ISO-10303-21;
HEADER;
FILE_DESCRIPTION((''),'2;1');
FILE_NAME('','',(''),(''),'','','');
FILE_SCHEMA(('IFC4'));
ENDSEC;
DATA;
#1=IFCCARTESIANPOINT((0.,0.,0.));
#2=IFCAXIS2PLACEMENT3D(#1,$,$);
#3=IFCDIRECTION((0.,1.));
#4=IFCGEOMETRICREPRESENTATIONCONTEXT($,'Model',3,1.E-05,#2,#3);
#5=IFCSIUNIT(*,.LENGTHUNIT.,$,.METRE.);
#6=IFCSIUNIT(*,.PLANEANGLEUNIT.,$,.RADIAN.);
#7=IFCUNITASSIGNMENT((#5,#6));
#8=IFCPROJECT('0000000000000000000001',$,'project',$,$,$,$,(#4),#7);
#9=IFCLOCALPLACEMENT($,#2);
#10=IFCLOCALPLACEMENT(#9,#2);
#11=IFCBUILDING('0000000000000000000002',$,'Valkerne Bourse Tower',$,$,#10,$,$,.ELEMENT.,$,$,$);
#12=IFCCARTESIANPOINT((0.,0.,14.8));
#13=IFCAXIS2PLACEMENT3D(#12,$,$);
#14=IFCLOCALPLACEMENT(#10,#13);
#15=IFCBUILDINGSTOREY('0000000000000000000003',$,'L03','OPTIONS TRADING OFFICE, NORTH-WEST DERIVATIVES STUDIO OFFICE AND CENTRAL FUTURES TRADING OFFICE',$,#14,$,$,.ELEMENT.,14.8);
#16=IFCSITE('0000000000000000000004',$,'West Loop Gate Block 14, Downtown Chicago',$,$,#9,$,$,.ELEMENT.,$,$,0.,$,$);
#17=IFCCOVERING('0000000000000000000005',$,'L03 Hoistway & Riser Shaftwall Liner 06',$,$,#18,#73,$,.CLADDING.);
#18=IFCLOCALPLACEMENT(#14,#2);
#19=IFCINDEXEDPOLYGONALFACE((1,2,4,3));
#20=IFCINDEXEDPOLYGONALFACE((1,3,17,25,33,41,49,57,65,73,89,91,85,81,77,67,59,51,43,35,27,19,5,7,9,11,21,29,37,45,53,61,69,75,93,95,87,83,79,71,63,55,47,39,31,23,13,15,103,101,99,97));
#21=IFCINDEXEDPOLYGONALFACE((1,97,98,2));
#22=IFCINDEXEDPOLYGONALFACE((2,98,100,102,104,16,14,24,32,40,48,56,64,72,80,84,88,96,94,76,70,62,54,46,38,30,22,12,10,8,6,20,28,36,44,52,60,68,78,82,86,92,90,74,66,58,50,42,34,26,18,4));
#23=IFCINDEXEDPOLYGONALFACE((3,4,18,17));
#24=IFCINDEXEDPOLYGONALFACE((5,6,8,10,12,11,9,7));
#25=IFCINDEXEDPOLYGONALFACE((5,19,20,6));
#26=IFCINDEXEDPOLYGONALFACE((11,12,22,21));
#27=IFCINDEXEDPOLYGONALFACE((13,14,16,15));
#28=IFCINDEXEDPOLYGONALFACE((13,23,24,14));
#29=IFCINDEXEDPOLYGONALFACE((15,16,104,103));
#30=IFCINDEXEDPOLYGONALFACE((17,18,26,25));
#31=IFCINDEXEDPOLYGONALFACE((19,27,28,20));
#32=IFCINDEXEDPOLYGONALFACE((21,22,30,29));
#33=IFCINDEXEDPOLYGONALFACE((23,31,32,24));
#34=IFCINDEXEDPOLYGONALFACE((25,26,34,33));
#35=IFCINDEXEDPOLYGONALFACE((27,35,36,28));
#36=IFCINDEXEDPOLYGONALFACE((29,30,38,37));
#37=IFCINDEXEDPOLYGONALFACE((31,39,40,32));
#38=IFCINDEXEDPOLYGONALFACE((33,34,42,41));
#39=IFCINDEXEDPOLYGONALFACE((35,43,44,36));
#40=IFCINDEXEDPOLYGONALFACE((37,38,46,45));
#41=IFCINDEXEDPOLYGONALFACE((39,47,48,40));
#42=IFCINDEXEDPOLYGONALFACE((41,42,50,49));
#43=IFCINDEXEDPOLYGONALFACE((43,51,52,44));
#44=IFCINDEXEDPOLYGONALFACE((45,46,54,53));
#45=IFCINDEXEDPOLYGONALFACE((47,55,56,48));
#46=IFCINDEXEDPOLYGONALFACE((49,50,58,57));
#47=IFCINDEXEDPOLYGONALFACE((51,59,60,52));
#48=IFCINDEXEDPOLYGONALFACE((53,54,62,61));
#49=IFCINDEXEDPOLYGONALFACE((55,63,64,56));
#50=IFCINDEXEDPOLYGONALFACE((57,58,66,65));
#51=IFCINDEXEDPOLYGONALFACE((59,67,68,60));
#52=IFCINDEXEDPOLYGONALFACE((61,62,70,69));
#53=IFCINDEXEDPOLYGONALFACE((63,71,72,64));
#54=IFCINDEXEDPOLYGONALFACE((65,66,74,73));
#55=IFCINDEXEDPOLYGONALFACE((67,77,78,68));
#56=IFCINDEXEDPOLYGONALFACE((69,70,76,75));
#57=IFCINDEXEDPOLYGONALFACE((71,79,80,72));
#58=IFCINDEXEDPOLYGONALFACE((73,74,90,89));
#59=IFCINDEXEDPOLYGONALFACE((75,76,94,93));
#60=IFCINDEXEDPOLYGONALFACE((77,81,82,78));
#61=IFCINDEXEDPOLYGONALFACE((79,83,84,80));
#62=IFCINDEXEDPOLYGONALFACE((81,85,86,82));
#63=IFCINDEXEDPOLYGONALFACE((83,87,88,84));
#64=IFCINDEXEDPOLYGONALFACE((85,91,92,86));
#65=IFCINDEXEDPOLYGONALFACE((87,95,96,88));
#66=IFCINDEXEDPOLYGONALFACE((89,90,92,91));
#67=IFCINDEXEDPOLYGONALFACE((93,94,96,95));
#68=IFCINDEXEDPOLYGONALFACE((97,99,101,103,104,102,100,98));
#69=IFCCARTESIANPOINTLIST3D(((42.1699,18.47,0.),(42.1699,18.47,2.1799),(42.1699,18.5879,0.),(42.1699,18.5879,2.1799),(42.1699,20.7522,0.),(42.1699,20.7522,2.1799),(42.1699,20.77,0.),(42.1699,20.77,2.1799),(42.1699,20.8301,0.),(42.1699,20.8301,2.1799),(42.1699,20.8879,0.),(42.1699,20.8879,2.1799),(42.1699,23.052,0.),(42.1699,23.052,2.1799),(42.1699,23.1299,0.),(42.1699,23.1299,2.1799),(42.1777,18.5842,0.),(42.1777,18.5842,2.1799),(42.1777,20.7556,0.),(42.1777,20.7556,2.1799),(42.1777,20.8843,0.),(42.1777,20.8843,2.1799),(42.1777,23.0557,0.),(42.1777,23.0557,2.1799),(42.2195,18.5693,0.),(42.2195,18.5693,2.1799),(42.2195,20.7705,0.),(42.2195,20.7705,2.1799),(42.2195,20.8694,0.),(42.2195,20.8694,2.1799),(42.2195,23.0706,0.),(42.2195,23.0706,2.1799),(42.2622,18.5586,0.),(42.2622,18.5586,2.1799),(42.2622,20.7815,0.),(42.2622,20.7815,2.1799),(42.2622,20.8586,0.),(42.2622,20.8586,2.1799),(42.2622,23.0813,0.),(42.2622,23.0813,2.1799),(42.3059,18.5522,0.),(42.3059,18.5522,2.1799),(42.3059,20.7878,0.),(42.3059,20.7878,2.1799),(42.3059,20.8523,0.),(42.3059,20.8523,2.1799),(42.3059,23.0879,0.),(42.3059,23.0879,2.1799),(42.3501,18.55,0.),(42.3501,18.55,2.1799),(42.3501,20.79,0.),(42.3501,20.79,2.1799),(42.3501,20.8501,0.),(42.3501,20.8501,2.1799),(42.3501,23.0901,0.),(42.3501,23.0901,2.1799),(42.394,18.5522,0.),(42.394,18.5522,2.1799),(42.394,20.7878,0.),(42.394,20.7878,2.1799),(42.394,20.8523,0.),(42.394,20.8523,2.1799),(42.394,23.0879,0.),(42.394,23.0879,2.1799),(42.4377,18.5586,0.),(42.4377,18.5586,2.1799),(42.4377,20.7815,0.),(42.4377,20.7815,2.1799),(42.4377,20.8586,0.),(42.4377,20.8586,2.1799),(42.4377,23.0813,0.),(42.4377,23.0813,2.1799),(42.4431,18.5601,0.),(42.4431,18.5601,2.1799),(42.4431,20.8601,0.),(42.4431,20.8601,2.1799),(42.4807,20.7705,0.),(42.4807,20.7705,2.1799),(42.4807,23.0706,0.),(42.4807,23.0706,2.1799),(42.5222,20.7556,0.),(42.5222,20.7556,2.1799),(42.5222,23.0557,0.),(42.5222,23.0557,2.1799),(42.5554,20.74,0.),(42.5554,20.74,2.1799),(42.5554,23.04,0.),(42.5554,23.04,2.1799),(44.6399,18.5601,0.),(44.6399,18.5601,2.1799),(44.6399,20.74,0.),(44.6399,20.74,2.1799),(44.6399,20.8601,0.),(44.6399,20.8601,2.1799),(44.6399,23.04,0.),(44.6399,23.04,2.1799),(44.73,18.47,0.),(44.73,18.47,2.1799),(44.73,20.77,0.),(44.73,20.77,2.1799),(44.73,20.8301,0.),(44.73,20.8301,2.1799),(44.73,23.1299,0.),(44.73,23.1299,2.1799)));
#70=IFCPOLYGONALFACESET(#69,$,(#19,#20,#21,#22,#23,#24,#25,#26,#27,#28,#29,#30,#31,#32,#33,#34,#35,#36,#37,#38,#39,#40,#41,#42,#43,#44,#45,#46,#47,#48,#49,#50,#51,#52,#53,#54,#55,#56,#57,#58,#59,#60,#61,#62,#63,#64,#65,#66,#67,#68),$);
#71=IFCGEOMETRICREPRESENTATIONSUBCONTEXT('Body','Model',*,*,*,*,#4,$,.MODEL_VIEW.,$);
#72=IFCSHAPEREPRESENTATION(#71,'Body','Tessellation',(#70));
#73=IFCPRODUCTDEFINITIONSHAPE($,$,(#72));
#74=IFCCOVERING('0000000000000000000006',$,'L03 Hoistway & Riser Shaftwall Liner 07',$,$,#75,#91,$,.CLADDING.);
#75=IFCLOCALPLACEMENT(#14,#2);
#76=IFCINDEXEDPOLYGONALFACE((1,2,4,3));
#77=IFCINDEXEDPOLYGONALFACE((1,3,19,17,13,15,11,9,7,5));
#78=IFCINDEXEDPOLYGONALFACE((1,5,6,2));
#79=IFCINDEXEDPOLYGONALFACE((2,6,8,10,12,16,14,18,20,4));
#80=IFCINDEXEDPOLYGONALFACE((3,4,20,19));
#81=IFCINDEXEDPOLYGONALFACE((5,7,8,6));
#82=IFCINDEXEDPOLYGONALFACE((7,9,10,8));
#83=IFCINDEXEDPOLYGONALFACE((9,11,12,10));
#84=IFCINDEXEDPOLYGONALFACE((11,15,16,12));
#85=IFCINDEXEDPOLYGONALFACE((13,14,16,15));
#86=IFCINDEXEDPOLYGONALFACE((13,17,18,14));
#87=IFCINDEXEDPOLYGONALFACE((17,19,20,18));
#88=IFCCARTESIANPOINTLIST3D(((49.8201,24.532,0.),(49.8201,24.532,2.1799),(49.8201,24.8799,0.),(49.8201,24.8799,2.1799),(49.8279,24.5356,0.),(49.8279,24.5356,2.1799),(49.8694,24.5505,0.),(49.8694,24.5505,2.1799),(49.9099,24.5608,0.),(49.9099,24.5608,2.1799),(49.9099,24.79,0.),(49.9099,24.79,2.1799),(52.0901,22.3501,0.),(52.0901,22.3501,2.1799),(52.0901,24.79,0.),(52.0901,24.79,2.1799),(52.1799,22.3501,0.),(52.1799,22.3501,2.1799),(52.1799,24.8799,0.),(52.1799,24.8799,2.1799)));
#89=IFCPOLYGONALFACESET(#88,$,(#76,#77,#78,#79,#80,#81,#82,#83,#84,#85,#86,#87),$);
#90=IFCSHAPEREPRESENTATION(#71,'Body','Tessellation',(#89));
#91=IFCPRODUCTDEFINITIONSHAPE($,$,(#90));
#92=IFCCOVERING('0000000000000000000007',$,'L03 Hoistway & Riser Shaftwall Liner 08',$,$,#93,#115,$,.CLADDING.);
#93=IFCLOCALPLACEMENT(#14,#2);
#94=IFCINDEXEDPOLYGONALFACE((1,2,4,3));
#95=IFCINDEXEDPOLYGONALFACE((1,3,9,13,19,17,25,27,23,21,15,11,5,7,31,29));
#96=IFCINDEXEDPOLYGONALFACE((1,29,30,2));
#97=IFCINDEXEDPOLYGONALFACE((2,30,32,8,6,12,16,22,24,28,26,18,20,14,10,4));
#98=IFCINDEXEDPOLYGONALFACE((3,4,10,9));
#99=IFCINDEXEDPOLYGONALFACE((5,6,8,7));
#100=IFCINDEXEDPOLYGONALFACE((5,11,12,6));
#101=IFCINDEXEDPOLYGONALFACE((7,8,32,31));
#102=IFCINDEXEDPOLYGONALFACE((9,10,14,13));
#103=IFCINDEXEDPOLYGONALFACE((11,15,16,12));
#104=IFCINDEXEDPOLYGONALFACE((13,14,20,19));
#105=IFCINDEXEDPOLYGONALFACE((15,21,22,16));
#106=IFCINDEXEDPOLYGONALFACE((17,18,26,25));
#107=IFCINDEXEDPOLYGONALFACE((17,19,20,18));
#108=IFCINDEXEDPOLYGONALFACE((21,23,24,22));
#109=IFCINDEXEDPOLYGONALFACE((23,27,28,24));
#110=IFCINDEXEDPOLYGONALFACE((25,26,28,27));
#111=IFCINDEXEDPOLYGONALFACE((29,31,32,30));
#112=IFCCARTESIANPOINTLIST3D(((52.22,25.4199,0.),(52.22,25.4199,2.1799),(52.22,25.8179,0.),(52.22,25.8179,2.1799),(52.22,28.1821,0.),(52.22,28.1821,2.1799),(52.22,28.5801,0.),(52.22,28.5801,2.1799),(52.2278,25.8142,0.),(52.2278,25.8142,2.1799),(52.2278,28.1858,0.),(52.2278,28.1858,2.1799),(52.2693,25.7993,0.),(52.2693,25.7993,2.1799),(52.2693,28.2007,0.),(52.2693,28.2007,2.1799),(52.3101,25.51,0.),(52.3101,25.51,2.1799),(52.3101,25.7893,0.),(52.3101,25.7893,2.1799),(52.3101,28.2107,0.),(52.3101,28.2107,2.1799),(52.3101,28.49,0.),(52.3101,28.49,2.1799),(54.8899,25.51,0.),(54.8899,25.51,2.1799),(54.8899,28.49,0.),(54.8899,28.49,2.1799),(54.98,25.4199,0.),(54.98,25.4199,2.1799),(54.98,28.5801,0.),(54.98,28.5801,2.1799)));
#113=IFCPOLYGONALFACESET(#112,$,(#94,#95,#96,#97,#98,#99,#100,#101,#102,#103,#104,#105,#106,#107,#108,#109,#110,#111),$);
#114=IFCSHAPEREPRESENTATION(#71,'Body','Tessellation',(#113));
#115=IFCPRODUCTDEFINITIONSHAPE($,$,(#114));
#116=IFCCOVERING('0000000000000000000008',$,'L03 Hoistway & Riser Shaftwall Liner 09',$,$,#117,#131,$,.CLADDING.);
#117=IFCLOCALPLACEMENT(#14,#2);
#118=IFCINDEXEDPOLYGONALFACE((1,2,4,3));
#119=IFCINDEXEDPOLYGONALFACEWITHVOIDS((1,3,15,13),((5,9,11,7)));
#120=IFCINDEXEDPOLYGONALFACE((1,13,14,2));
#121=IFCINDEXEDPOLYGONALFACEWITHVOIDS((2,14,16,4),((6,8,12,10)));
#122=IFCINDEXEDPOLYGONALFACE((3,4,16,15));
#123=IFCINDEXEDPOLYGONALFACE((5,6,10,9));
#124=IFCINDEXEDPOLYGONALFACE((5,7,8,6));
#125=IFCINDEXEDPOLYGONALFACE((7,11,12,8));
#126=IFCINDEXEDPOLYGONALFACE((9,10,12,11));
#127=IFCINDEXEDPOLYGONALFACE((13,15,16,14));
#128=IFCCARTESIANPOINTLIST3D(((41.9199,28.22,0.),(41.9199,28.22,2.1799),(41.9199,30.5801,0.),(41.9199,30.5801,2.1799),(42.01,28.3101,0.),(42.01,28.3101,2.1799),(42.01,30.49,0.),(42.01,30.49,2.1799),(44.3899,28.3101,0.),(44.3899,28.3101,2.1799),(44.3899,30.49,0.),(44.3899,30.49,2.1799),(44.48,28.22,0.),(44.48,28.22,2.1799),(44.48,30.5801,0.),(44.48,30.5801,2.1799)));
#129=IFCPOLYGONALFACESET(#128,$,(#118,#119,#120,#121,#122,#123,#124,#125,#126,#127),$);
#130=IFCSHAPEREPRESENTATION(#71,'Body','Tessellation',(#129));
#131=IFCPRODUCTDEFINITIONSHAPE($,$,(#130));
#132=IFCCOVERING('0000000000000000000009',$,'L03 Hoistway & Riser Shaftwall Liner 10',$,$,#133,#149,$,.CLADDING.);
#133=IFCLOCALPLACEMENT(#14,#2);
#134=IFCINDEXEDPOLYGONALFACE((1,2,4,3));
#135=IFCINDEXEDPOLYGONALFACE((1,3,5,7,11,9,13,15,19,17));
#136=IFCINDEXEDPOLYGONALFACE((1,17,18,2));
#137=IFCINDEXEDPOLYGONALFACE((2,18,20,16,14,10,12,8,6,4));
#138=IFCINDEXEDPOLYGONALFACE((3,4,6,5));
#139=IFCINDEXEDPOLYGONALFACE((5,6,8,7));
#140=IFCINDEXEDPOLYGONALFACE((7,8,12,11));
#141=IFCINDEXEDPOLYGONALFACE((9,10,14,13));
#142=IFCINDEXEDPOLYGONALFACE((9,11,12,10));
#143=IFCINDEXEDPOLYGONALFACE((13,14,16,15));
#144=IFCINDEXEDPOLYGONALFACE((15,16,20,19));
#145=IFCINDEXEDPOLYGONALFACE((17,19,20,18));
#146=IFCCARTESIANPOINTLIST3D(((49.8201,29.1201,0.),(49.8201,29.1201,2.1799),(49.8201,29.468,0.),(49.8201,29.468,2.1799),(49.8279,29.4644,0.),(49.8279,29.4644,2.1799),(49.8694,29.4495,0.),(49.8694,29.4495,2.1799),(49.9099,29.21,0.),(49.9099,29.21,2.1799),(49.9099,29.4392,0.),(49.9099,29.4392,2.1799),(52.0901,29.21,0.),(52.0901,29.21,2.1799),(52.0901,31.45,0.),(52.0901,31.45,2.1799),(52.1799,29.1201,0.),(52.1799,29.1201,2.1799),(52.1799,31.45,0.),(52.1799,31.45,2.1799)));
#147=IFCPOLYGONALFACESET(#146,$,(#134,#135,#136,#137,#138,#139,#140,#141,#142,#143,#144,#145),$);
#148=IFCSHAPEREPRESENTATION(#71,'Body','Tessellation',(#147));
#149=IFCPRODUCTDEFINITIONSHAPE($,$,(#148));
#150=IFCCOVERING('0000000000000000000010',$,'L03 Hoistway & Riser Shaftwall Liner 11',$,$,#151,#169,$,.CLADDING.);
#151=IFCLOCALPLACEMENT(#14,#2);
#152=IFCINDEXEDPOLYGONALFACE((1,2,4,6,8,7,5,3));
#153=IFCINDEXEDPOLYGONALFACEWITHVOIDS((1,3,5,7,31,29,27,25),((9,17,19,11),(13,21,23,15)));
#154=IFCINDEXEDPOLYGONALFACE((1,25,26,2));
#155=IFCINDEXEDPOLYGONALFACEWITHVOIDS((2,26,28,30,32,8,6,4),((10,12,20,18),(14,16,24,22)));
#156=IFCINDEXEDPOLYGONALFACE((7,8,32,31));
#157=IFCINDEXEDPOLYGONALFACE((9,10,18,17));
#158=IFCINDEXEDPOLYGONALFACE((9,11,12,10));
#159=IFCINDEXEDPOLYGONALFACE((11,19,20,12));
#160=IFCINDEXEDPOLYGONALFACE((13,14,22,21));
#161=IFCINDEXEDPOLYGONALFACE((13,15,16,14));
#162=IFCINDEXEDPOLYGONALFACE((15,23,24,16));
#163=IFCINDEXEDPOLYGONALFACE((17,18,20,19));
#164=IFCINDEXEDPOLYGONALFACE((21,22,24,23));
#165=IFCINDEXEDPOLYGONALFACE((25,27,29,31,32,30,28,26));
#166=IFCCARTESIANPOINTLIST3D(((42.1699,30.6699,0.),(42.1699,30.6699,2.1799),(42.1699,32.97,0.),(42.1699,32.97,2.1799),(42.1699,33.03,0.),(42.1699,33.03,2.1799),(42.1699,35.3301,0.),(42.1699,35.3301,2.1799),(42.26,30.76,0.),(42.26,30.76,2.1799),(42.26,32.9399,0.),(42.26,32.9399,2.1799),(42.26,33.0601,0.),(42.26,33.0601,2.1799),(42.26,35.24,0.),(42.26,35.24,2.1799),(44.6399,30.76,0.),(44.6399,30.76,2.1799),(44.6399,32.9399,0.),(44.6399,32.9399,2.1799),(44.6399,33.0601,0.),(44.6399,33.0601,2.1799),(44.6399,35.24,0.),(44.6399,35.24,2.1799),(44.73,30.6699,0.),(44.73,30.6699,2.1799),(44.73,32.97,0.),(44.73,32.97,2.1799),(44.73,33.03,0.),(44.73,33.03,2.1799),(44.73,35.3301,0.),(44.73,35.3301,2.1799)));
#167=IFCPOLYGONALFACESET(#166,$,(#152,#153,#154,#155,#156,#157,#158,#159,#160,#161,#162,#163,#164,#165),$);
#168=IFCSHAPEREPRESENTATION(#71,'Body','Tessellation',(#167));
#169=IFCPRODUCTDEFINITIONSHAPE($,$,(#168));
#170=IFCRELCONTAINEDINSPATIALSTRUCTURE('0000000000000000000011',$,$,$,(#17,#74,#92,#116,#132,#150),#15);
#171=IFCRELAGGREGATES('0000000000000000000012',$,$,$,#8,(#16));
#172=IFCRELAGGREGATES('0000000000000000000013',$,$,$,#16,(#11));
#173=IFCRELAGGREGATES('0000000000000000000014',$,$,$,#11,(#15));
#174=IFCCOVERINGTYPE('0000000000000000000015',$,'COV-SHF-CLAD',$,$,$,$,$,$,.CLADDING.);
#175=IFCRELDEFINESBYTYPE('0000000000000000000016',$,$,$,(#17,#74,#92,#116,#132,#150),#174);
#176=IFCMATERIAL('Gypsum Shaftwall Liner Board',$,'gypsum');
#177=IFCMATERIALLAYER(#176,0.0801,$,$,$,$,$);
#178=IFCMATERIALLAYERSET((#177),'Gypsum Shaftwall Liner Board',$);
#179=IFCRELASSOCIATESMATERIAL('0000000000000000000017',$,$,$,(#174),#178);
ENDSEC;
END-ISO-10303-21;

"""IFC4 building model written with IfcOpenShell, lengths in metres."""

from ifc_helpers import new_model, si_unit, direction, frame, origin, place, context, subcontext, project, spatial, polyline, outline, extrude, material, layer, layer_set, type_object, element, save


model = new_model("IFC4")

# Units and contexts
model_context = context("Model", 3, precision=1e-05, world=origin(), true_north=direction((0.0, 1.0)))
body_context = subcontext(model_context, "Body", "Model", "MODEL_VIEW")
ifc_project = project(units=[si_unit("LENGTHUNIT", "METRE"), si_unit("PLANEANGLEUNIT", "RADIAN")], contexts=[model_context])

# Site, building, storey
site_placement = place(None, origin())
site = spatial("IfcSite", under=ifc_project, at=site_placement, Name="West Loop Gate Block 14, Downtown Chicago", CompositionType="ELEMENT", RefElevation=0.0)
building_placement = place(site_placement, origin())
building = spatial("IfcBuilding", under=site, at=building_placement, Name="Valkerne Bourse Tower", CompositionType="ELEMENT")
storey_placement = place(building_placement, frame((0.0, 0.0, 14.8)))
storey = spatial("IfcBuildingStorey", under=building, at=storey_placement, Name="L03", Description="OPTIONS TRADING OFFICE, NORTH-WEST DERIVATIVES STUDIO OFFICE AND CENTRAL FUTURES TRADING OFFICE", CompositionType="ELEMENT", Elevation=14.8)

# Coverings
ifc_material_1 = material(Name="Gypsum Shaftwall Liner Board", Category="gypsum")
ifc_layer_1 = layer(ifc_material_1, 0.0801)
ifc_layer_set_1 = layer_set([ifc_layer_1], Name="Gypsum Shaftwall Liner Board")
covering_type_1 = type_object("IfcCoveringType", Name="COV-SHF-CLAD", PredefinedType="CLADDING", material=ifc_layer_set_1)
covering_1_placement = place(storey_placement, origin())
element("IfcCovering", 1, at=covering_1_placement, inside=storey, type_object=covering_type_1, Name="L03 Hoistway & Riser Shaftwall Liner 06", PredefinedType="CLADDING", context=body_context, shape_type="SweptSolid", body=[
    extrude(outline(polyline([(42.1699, 20.8301), (42.1699, 20.8879), (42.1777, 20.8843), (42.2195, 20.8694), (42.2622, 20.8586), (42.3059, 20.8523), (42.3501, 20.8501), (42.394, 20.8523), (42.4377, 20.8586), (42.4431, 20.8601), (44.6399, 20.8601), (44.6399, 23.04), (42.5554, 23.04), (42.5222, 23.0557), (42.4807, 23.0706), (42.4377, 23.0813), (42.394, 23.0879), (42.3501, 23.0901), (42.3059, 23.0879), (42.2622, 23.0813), (42.2195, 23.0706), (42.1777, 23.0557), (42.1699, 23.052), (42.1699, 23.1299), (44.73, 23.1299), (44.73, 20.8301), (44.73, 20.77), (44.73, 18.47), (42.1699, 18.47), (42.1699, 18.5879), (42.1777, 18.5842), (42.2195, 18.5693), (42.2622, 18.5586), (42.3059, 18.5522), (42.3501, 18.55), (42.394, 18.5522), (42.4377, 18.5586), (42.4431, 18.5601), (44.6399, 18.5601), (44.6399, 20.74), (42.5554, 20.74), (42.5222, 20.7556), (42.4807, 20.7705), (42.4377, 20.7815), (42.394, 20.7878), (42.3501, 20.79), (42.3059, 20.7878), (42.2622, 20.7815), (42.2195, 20.7705), (42.1777, 20.7556), (42.1699, 20.7522), (42.1699, 20.77), (42.1699, 20.8301)])), origin(), (0.0, 0.0, 1.0), 2.1799),
])
covering_2_placement = place(storey_placement, origin())
element("IfcCovering", 2, at=covering_2_placement, inside=storey, type_object=covering_type_1, Name="L03 Hoistway & Riser Shaftwall Liner 07", PredefinedType="CLADDING", context=body_context, shape_type="SweptSolid", body=[
    extrude(outline(polyline([(52.1799, 22.3501), (52.0901, 22.3501), (52.0901, 24.79), (49.9099, 24.79), (49.9099, 24.5608), (49.8694, 24.5505), (49.8279, 24.5356), (49.8201, 24.532), (49.8201, 24.8799), (52.1799, 24.8799), (52.1799, 22.3501)])), origin(), (0.0, 0.0, 1.0), 2.1799),
])
covering_3_placement = place(storey_placement, origin())
element("IfcCovering", 3, at=covering_3_placement, inside=storey, type_object=covering_type_1, Name="L03 Hoistway & Riser Shaftwall Liner 08", PredefinedType="CLADDING", context=body_context, shape_type="SweptSolid", body=[
    extrude(outline(polyline([(54.98, 25.4199), (52.22, 25.4199), (52.22, 25.8179), (52.2278, 25.8142), (52.2693, 25.7993), (52.3101, 25.7893), (52.3101, 25.51), (54.8899, 25.51), (54.8899, 28.49), (52.3101, 28.49), (52.3101, 28.2107), (52.2693, 28.2007), (52.2278, 28.1858), (52.22, 28.1821), (52.22, 28.5801), (54.98, 28.5801), (54.98, 25.4199)])), origin(), (0.0, 0.0, 1.0), 2.1799),
])
covering_4_placement = place(storey_placement, origin())
element("IfcCovering", 4, at=covering_4_placement, inside=storey, type_object=covering_type_1, Name="L03 Hoistway & Riser Shaftwall Liner 09", PredefinedType="CLADDING", context=body_context, shape_type="SweptSolid", body=[
    extrude(outline(polyline([(44.48, 28.22), (41.9199, 28.22), (41.9199, 30.5801), (44.48, 30.5801), (44.48, 28.22)]), holes=[polyline([(42.01, 30.49), (42.01, 28.3101), (44.3899, 28.3101), (44.3899, 30.49), (42.01, 30.49)])]), origin(), (0.0, 0.0, 1.0), 2.1799),
])
covering_5_placement = place(storey_placement, origin())
element("IfcCovering", 5, at=covering_5_placement, inside=storey, type_object=covering_type_1, Name="L03 Hoistway & Riser Shaftwall Liner 10", PredefinedType="CLADDING", context=body_context, shape_type="SweptSolid", body=[
    extrude(outline(polyline([(49.8201, 29.1201), (49.8201, 29.468), (49.8279, 29.4644), (49.8694, 29.4495), (49.9099, 29.4392), (49.9099, 29.21), (52.0901, 29.21), (52.0901, 31.45), (52.1799, 31.45), (52.1799, 29.1201), (49.8201, 29.1201)])), origin(), (0.0, 0.0, 1.0), 2.1799),
])
covering_6_placement = place(storey_placement, origin())
element("IfcCovering", 6, at=covering_6_placement, inside=storey, type_object=covering_type_1, Name="L03 Hoistway & Riser Shaftwall Liner 11", PredefinedType="CLADDING", context=body_context, shape_type="SweptSolid", body=[
    extrude(outline(polyline([(44.73, 35.3301), (44.73, 33.03), (44.73, 32.97), (44.73, 30.6699), (42.1699, 30.6699), (42.1699, 32.97), (42.1699, 33.03), (42.1699, 35.3301), (44.73, 35.3301)]), holes=[polyline([(42.26, 30.76), (44.6399, 30.76), (44.6399, 32.9399), (42.26, 32.9399), (42.26, 30.76)]), polyline([(42.26, 33.0601), (44.6399, 33.0601), (44.6399, 35.24), (42.26, 35.24), (42.26, 33.0601)])]), origin(), (0.0, 0.0, 1.0), 2.1799),
])

save(model, "model.ifc")
